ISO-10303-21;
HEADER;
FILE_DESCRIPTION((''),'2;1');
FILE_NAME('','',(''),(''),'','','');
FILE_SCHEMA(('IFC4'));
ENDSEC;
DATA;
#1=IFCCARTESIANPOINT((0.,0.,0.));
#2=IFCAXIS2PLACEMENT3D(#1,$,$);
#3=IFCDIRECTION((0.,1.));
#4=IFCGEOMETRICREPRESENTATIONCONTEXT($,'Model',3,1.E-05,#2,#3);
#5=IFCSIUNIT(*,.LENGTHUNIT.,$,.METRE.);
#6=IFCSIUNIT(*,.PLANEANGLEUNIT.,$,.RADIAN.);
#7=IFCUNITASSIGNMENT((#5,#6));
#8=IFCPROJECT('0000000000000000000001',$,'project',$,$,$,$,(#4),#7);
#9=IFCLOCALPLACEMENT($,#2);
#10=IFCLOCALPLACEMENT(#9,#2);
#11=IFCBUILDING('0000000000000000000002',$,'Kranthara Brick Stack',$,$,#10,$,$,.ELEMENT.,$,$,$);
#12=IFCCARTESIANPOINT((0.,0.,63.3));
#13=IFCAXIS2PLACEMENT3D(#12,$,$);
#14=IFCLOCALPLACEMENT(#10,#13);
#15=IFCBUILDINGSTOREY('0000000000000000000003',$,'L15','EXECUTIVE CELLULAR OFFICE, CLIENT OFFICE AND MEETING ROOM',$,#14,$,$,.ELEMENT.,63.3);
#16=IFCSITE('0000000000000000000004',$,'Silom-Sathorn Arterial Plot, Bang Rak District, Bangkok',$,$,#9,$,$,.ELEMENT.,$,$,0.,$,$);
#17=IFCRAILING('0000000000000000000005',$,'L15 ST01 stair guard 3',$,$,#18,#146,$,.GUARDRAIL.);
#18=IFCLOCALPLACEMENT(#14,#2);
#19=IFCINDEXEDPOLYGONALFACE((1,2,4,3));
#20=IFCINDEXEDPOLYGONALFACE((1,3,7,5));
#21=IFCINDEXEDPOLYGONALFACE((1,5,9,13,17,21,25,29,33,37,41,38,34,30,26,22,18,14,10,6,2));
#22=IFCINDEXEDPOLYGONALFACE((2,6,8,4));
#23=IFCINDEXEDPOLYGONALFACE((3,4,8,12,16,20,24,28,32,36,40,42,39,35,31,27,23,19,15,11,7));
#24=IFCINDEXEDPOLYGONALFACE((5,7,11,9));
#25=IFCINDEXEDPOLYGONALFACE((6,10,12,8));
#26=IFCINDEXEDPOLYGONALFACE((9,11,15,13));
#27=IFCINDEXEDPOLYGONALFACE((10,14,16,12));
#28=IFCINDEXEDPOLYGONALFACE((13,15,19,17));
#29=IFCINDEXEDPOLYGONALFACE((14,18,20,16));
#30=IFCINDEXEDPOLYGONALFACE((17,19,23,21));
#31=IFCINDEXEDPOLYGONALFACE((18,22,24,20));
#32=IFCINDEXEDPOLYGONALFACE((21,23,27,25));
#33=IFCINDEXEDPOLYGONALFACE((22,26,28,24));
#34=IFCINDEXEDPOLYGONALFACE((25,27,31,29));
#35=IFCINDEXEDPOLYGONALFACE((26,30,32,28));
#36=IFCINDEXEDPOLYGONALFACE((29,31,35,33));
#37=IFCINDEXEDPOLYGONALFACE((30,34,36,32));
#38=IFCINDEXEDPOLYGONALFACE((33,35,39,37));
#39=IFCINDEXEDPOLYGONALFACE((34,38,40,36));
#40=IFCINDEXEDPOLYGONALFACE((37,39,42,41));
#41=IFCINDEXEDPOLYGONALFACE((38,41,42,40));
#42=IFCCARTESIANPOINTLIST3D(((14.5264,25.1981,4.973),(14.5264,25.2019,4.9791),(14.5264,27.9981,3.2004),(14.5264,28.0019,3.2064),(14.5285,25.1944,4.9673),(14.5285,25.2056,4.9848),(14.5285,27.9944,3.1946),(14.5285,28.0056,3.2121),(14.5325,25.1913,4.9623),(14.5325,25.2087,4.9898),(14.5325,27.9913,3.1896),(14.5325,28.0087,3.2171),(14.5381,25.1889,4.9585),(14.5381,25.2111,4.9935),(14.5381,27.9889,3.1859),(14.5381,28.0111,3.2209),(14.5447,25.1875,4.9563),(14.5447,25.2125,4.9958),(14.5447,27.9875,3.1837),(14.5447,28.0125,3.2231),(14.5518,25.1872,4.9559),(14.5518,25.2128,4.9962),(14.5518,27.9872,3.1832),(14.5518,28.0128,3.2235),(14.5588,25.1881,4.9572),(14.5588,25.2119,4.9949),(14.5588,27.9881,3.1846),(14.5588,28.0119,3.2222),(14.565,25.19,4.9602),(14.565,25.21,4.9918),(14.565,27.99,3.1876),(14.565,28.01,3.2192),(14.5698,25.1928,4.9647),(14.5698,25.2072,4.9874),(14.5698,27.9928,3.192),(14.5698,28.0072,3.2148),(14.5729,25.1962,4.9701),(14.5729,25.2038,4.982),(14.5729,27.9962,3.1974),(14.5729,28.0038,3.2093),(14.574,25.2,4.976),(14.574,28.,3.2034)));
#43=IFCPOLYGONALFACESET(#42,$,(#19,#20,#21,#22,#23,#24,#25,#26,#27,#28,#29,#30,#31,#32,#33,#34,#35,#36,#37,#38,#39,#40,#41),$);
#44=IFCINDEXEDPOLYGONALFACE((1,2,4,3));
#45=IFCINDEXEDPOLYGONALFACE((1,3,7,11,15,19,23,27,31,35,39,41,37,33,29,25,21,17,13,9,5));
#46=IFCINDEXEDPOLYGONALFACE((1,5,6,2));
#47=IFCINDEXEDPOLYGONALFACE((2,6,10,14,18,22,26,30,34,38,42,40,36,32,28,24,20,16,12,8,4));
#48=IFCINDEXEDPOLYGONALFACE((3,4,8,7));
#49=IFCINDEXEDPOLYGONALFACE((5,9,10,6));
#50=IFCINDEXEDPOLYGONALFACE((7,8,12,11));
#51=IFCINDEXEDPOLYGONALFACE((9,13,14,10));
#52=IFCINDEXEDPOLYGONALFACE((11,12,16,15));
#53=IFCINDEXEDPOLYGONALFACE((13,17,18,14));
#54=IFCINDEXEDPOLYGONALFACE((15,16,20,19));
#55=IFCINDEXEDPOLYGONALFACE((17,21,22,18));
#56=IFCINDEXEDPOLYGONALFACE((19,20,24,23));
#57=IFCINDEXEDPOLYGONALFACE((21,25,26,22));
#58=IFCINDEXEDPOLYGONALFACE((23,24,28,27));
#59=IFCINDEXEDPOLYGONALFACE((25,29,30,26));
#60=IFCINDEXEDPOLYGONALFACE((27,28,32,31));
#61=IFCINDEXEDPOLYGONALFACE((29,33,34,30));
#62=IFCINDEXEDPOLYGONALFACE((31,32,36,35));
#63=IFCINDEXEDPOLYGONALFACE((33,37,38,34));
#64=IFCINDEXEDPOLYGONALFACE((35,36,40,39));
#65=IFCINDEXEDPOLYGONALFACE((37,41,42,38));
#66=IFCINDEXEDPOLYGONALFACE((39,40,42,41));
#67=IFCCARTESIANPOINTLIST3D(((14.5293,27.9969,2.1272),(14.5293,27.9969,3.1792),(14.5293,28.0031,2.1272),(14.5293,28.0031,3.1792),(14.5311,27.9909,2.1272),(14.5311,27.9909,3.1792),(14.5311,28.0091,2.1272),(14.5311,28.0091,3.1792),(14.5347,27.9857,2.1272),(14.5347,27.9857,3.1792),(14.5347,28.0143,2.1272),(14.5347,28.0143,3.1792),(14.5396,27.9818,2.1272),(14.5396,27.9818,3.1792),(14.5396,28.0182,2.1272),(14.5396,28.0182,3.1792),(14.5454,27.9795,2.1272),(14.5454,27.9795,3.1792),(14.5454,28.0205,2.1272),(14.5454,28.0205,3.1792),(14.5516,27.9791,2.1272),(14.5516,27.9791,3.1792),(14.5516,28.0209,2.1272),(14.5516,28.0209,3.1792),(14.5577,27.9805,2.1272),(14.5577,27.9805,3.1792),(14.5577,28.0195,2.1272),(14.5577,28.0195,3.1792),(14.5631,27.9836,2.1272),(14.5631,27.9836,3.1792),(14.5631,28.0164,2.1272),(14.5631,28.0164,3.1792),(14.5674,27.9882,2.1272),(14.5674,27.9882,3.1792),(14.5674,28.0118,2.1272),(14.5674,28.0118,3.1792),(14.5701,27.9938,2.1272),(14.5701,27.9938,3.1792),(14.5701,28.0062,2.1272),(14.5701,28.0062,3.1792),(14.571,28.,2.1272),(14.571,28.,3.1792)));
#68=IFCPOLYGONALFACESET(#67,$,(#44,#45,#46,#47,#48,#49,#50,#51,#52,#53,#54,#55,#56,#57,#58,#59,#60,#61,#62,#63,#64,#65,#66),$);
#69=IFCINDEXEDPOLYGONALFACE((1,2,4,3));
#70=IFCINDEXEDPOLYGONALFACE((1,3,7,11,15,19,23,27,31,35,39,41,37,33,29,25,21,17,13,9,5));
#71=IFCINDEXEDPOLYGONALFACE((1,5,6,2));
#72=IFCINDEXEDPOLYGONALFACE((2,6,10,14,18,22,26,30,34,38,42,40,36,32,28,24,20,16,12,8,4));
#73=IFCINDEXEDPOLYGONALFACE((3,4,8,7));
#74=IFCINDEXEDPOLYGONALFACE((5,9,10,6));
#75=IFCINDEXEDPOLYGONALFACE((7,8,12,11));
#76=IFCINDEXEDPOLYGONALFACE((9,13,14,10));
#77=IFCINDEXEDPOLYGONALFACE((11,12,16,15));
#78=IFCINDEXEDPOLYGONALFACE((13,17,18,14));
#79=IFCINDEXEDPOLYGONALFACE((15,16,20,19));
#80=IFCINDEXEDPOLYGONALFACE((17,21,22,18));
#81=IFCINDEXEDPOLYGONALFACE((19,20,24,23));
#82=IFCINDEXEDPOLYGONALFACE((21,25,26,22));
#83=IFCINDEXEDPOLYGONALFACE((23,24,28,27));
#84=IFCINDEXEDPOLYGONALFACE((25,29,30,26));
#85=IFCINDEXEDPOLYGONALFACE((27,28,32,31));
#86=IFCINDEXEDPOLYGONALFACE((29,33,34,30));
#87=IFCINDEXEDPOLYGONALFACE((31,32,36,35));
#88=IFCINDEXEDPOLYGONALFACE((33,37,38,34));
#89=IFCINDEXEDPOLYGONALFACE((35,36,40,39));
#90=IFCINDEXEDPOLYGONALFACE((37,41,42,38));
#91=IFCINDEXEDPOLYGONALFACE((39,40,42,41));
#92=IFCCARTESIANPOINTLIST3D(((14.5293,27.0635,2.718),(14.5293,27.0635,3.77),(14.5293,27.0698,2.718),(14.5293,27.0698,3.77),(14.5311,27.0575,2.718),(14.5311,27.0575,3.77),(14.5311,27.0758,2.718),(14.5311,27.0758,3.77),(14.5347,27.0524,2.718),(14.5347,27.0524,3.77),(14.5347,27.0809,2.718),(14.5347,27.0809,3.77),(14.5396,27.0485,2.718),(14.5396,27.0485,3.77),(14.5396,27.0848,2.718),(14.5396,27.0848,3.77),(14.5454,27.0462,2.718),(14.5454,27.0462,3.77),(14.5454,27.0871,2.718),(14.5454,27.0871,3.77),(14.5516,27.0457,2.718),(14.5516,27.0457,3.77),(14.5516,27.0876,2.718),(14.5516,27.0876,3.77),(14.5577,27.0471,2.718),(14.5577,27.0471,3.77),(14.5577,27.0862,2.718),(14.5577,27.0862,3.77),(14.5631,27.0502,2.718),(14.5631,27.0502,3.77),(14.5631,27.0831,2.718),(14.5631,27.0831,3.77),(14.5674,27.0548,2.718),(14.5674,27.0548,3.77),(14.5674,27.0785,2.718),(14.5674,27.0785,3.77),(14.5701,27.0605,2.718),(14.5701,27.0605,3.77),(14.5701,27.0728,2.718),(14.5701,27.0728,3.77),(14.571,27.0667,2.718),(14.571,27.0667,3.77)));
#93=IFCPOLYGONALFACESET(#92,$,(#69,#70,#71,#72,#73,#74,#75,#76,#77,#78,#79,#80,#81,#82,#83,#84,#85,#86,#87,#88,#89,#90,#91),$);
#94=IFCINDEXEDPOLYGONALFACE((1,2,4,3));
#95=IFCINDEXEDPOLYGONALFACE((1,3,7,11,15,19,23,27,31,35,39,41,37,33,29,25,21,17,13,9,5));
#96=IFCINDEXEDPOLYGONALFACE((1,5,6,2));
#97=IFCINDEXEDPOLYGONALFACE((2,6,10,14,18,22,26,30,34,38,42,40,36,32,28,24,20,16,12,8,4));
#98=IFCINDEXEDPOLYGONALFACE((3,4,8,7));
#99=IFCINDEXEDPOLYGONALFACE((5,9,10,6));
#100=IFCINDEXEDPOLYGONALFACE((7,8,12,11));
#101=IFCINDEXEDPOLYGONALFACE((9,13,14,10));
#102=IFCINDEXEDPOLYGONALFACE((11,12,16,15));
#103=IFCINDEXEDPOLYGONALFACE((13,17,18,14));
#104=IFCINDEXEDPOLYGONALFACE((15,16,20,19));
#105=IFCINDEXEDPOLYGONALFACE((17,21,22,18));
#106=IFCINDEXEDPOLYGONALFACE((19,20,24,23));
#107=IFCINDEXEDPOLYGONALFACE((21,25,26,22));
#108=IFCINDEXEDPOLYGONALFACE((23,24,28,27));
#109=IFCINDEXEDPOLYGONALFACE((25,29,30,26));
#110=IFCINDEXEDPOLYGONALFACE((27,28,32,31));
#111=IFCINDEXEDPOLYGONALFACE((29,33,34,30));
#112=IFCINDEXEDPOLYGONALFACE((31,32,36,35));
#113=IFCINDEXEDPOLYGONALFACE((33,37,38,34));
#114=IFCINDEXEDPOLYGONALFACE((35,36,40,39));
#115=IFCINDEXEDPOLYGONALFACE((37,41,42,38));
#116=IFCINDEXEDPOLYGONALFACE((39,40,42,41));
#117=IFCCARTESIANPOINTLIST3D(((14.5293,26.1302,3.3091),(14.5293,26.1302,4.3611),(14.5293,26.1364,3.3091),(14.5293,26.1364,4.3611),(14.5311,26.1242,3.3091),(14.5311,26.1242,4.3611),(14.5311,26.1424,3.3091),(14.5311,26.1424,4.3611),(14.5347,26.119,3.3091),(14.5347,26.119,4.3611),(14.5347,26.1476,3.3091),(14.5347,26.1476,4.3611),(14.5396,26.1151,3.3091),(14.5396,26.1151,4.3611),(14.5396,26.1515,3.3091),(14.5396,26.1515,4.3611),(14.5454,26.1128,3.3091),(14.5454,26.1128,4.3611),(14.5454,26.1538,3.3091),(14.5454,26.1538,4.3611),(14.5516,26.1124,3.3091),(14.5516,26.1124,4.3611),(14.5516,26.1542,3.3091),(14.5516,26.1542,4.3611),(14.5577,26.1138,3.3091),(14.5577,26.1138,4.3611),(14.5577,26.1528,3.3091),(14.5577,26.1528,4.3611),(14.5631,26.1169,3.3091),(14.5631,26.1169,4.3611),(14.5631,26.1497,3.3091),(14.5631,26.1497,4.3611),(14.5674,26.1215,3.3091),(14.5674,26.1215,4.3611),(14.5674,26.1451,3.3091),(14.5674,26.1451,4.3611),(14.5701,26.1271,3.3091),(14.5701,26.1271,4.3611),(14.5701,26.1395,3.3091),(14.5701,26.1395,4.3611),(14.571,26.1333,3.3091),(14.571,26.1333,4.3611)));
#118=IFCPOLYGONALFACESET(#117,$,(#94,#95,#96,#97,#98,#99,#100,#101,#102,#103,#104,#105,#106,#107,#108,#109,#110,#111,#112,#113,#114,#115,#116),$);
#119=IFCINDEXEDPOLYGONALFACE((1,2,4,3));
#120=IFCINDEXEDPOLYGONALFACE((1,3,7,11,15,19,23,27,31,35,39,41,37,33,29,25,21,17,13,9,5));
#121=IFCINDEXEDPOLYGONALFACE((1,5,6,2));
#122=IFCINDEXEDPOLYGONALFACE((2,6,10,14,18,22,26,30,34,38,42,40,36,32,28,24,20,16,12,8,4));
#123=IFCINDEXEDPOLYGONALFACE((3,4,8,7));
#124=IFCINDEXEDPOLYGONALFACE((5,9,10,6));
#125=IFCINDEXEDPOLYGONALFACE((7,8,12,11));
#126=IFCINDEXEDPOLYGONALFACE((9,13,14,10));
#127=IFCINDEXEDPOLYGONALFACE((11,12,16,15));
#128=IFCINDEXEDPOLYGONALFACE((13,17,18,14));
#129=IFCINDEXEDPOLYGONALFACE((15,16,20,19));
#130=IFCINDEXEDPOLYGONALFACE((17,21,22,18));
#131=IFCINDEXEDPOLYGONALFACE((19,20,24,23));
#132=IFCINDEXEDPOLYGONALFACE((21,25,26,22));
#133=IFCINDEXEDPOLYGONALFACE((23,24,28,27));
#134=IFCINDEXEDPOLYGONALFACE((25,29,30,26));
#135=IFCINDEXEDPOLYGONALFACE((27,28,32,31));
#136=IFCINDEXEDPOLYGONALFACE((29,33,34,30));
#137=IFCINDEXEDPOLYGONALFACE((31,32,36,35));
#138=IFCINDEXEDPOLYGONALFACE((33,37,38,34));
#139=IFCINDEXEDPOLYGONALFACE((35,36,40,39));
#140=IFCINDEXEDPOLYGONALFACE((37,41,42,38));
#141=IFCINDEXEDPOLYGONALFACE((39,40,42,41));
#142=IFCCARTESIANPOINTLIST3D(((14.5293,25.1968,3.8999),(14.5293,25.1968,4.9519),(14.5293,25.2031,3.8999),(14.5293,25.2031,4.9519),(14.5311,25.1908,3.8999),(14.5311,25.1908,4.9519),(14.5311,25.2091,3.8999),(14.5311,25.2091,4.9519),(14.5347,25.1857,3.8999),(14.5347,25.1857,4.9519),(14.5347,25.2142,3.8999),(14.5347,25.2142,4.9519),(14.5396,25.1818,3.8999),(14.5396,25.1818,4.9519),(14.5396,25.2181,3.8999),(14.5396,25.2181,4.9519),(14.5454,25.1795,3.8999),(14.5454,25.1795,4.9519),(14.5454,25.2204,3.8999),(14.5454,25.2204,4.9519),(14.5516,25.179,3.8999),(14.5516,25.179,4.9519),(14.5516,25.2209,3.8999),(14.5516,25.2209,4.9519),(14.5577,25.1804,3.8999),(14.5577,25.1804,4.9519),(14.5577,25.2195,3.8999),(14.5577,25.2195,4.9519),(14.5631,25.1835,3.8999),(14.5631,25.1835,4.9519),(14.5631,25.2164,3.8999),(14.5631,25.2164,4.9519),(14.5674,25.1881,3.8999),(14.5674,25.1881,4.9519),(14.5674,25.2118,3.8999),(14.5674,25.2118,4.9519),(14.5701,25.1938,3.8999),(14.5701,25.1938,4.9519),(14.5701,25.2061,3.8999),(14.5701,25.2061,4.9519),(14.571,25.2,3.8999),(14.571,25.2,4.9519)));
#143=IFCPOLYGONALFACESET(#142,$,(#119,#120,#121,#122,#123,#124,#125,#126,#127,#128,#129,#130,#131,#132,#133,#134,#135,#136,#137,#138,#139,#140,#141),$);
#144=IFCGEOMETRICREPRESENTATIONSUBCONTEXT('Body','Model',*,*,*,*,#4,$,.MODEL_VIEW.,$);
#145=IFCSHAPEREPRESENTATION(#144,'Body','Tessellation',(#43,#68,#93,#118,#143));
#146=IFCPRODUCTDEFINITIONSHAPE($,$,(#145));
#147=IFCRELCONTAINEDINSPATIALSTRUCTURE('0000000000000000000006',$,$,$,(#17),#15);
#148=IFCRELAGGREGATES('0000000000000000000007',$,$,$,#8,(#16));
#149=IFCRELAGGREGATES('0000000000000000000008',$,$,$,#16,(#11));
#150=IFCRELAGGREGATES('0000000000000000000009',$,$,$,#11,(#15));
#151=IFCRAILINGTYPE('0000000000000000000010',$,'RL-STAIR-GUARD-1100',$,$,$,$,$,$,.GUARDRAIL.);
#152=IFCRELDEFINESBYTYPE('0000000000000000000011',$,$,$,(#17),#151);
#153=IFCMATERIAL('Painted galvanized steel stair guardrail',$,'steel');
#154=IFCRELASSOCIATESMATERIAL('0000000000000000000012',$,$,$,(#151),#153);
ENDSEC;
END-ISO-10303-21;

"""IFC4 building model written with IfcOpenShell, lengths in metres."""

from ifc_helpers import new_model, si_unit, direction, frame, origin, origin_2d, place, context, subcontext, project, spatial, circle, extrude, material, type_object, element, save


model = new_model("IFC4")

# Units and contexts
model_context = context("Model", 3, precision=1e-05, world=origin(), true_north=direction((0.0, 1.0)))
body_context = subcontext(model_context, "Body", "Model", "MODEL_VIEW")
ifc_project = project(units=[si_unit("LENGTHUNIT", "METRE"), si_unit("PLANEANGLEUNIT", "RADIAN")], contexts=[model_context])

# Site, building, storey
site_placement = place(None, origin())
site = spatial("IfcSite", under=ifc_project, at=site_placement, Name="Silom-Sathorn Arterial Plot, Bang Rak District, Bangkok", CompositionType="ELEMENT", RefElevation=0.0)
building_placement = place(site_placement, origin())
building = spatial("IfcBuilding", under=site, at=building_placement, Name="Kranthara Brick Stack", CompositionType="ELEMENT")
storey_placement = place(building_placement, frame((0.0, 0.0, 63.3)))
storey = spatial("IfcBuildingStorey", under=building, at=storey_placement, Name="L15", Description="EXECUTIVE CELLULAR OFFICE, CLIENT OFFICE AND MEETING ROOM", CompositionType="ELEMENT", Elevation=63.3)

# Railing
ifc_material_1 = material(Name="Painted galvanized steel stair guardrail", Category="steel")
railing_type_1 = type_object("IfcRailingType", Name="RL-STAIR-GUARD-1100", PredefinedType="GUARDRAIL", material=ifc_material_1)
railing_1_placement = place(storey_placement, frame((14.55, 28.0, 2.1272)))
element("IfcRailing", 1, at=railing_1_placement, inside=storey, type_object=railing_type_1, Name="L15 ST01 stair guard 3", PredefinedType="GUARDRAIL", context=body_context, shape_type="SweptSolid", body=[
    extrude(circle(Radius=0.0239, at=origin_2d()), frame((0.0, 0.0, 1.0762), z_axis=(0.0, -0.844909, 0.53491), x_axis=(1.0, 0.0, 0.0)), (0.0, 0.0, 1.0), 3.314),
    extrude(circle(Radius=0.021, at=origin_2d()), origin(), (0.0, 0.0, 1.0), 1.052),
    extrude(circle(Radius=0.021, at=origin_2d()), frame((0.0, -0.9333, 0.5908)), (0.0, 0.0, 1.0), 1.052),
    extrude(circle(Radius=0.021, at=origin_2d()), frame((0.0, -1.8667, 1.1819)), (0.0, 0.0, 1.0), 1.052),
    extrude(circle(Radius=0.021, at=origin_2d()), frame((0.0, -2.8, 1.7727)), (0.0, 0.0, 1.0), 1.052),
])

save(model, "model.ifc")
